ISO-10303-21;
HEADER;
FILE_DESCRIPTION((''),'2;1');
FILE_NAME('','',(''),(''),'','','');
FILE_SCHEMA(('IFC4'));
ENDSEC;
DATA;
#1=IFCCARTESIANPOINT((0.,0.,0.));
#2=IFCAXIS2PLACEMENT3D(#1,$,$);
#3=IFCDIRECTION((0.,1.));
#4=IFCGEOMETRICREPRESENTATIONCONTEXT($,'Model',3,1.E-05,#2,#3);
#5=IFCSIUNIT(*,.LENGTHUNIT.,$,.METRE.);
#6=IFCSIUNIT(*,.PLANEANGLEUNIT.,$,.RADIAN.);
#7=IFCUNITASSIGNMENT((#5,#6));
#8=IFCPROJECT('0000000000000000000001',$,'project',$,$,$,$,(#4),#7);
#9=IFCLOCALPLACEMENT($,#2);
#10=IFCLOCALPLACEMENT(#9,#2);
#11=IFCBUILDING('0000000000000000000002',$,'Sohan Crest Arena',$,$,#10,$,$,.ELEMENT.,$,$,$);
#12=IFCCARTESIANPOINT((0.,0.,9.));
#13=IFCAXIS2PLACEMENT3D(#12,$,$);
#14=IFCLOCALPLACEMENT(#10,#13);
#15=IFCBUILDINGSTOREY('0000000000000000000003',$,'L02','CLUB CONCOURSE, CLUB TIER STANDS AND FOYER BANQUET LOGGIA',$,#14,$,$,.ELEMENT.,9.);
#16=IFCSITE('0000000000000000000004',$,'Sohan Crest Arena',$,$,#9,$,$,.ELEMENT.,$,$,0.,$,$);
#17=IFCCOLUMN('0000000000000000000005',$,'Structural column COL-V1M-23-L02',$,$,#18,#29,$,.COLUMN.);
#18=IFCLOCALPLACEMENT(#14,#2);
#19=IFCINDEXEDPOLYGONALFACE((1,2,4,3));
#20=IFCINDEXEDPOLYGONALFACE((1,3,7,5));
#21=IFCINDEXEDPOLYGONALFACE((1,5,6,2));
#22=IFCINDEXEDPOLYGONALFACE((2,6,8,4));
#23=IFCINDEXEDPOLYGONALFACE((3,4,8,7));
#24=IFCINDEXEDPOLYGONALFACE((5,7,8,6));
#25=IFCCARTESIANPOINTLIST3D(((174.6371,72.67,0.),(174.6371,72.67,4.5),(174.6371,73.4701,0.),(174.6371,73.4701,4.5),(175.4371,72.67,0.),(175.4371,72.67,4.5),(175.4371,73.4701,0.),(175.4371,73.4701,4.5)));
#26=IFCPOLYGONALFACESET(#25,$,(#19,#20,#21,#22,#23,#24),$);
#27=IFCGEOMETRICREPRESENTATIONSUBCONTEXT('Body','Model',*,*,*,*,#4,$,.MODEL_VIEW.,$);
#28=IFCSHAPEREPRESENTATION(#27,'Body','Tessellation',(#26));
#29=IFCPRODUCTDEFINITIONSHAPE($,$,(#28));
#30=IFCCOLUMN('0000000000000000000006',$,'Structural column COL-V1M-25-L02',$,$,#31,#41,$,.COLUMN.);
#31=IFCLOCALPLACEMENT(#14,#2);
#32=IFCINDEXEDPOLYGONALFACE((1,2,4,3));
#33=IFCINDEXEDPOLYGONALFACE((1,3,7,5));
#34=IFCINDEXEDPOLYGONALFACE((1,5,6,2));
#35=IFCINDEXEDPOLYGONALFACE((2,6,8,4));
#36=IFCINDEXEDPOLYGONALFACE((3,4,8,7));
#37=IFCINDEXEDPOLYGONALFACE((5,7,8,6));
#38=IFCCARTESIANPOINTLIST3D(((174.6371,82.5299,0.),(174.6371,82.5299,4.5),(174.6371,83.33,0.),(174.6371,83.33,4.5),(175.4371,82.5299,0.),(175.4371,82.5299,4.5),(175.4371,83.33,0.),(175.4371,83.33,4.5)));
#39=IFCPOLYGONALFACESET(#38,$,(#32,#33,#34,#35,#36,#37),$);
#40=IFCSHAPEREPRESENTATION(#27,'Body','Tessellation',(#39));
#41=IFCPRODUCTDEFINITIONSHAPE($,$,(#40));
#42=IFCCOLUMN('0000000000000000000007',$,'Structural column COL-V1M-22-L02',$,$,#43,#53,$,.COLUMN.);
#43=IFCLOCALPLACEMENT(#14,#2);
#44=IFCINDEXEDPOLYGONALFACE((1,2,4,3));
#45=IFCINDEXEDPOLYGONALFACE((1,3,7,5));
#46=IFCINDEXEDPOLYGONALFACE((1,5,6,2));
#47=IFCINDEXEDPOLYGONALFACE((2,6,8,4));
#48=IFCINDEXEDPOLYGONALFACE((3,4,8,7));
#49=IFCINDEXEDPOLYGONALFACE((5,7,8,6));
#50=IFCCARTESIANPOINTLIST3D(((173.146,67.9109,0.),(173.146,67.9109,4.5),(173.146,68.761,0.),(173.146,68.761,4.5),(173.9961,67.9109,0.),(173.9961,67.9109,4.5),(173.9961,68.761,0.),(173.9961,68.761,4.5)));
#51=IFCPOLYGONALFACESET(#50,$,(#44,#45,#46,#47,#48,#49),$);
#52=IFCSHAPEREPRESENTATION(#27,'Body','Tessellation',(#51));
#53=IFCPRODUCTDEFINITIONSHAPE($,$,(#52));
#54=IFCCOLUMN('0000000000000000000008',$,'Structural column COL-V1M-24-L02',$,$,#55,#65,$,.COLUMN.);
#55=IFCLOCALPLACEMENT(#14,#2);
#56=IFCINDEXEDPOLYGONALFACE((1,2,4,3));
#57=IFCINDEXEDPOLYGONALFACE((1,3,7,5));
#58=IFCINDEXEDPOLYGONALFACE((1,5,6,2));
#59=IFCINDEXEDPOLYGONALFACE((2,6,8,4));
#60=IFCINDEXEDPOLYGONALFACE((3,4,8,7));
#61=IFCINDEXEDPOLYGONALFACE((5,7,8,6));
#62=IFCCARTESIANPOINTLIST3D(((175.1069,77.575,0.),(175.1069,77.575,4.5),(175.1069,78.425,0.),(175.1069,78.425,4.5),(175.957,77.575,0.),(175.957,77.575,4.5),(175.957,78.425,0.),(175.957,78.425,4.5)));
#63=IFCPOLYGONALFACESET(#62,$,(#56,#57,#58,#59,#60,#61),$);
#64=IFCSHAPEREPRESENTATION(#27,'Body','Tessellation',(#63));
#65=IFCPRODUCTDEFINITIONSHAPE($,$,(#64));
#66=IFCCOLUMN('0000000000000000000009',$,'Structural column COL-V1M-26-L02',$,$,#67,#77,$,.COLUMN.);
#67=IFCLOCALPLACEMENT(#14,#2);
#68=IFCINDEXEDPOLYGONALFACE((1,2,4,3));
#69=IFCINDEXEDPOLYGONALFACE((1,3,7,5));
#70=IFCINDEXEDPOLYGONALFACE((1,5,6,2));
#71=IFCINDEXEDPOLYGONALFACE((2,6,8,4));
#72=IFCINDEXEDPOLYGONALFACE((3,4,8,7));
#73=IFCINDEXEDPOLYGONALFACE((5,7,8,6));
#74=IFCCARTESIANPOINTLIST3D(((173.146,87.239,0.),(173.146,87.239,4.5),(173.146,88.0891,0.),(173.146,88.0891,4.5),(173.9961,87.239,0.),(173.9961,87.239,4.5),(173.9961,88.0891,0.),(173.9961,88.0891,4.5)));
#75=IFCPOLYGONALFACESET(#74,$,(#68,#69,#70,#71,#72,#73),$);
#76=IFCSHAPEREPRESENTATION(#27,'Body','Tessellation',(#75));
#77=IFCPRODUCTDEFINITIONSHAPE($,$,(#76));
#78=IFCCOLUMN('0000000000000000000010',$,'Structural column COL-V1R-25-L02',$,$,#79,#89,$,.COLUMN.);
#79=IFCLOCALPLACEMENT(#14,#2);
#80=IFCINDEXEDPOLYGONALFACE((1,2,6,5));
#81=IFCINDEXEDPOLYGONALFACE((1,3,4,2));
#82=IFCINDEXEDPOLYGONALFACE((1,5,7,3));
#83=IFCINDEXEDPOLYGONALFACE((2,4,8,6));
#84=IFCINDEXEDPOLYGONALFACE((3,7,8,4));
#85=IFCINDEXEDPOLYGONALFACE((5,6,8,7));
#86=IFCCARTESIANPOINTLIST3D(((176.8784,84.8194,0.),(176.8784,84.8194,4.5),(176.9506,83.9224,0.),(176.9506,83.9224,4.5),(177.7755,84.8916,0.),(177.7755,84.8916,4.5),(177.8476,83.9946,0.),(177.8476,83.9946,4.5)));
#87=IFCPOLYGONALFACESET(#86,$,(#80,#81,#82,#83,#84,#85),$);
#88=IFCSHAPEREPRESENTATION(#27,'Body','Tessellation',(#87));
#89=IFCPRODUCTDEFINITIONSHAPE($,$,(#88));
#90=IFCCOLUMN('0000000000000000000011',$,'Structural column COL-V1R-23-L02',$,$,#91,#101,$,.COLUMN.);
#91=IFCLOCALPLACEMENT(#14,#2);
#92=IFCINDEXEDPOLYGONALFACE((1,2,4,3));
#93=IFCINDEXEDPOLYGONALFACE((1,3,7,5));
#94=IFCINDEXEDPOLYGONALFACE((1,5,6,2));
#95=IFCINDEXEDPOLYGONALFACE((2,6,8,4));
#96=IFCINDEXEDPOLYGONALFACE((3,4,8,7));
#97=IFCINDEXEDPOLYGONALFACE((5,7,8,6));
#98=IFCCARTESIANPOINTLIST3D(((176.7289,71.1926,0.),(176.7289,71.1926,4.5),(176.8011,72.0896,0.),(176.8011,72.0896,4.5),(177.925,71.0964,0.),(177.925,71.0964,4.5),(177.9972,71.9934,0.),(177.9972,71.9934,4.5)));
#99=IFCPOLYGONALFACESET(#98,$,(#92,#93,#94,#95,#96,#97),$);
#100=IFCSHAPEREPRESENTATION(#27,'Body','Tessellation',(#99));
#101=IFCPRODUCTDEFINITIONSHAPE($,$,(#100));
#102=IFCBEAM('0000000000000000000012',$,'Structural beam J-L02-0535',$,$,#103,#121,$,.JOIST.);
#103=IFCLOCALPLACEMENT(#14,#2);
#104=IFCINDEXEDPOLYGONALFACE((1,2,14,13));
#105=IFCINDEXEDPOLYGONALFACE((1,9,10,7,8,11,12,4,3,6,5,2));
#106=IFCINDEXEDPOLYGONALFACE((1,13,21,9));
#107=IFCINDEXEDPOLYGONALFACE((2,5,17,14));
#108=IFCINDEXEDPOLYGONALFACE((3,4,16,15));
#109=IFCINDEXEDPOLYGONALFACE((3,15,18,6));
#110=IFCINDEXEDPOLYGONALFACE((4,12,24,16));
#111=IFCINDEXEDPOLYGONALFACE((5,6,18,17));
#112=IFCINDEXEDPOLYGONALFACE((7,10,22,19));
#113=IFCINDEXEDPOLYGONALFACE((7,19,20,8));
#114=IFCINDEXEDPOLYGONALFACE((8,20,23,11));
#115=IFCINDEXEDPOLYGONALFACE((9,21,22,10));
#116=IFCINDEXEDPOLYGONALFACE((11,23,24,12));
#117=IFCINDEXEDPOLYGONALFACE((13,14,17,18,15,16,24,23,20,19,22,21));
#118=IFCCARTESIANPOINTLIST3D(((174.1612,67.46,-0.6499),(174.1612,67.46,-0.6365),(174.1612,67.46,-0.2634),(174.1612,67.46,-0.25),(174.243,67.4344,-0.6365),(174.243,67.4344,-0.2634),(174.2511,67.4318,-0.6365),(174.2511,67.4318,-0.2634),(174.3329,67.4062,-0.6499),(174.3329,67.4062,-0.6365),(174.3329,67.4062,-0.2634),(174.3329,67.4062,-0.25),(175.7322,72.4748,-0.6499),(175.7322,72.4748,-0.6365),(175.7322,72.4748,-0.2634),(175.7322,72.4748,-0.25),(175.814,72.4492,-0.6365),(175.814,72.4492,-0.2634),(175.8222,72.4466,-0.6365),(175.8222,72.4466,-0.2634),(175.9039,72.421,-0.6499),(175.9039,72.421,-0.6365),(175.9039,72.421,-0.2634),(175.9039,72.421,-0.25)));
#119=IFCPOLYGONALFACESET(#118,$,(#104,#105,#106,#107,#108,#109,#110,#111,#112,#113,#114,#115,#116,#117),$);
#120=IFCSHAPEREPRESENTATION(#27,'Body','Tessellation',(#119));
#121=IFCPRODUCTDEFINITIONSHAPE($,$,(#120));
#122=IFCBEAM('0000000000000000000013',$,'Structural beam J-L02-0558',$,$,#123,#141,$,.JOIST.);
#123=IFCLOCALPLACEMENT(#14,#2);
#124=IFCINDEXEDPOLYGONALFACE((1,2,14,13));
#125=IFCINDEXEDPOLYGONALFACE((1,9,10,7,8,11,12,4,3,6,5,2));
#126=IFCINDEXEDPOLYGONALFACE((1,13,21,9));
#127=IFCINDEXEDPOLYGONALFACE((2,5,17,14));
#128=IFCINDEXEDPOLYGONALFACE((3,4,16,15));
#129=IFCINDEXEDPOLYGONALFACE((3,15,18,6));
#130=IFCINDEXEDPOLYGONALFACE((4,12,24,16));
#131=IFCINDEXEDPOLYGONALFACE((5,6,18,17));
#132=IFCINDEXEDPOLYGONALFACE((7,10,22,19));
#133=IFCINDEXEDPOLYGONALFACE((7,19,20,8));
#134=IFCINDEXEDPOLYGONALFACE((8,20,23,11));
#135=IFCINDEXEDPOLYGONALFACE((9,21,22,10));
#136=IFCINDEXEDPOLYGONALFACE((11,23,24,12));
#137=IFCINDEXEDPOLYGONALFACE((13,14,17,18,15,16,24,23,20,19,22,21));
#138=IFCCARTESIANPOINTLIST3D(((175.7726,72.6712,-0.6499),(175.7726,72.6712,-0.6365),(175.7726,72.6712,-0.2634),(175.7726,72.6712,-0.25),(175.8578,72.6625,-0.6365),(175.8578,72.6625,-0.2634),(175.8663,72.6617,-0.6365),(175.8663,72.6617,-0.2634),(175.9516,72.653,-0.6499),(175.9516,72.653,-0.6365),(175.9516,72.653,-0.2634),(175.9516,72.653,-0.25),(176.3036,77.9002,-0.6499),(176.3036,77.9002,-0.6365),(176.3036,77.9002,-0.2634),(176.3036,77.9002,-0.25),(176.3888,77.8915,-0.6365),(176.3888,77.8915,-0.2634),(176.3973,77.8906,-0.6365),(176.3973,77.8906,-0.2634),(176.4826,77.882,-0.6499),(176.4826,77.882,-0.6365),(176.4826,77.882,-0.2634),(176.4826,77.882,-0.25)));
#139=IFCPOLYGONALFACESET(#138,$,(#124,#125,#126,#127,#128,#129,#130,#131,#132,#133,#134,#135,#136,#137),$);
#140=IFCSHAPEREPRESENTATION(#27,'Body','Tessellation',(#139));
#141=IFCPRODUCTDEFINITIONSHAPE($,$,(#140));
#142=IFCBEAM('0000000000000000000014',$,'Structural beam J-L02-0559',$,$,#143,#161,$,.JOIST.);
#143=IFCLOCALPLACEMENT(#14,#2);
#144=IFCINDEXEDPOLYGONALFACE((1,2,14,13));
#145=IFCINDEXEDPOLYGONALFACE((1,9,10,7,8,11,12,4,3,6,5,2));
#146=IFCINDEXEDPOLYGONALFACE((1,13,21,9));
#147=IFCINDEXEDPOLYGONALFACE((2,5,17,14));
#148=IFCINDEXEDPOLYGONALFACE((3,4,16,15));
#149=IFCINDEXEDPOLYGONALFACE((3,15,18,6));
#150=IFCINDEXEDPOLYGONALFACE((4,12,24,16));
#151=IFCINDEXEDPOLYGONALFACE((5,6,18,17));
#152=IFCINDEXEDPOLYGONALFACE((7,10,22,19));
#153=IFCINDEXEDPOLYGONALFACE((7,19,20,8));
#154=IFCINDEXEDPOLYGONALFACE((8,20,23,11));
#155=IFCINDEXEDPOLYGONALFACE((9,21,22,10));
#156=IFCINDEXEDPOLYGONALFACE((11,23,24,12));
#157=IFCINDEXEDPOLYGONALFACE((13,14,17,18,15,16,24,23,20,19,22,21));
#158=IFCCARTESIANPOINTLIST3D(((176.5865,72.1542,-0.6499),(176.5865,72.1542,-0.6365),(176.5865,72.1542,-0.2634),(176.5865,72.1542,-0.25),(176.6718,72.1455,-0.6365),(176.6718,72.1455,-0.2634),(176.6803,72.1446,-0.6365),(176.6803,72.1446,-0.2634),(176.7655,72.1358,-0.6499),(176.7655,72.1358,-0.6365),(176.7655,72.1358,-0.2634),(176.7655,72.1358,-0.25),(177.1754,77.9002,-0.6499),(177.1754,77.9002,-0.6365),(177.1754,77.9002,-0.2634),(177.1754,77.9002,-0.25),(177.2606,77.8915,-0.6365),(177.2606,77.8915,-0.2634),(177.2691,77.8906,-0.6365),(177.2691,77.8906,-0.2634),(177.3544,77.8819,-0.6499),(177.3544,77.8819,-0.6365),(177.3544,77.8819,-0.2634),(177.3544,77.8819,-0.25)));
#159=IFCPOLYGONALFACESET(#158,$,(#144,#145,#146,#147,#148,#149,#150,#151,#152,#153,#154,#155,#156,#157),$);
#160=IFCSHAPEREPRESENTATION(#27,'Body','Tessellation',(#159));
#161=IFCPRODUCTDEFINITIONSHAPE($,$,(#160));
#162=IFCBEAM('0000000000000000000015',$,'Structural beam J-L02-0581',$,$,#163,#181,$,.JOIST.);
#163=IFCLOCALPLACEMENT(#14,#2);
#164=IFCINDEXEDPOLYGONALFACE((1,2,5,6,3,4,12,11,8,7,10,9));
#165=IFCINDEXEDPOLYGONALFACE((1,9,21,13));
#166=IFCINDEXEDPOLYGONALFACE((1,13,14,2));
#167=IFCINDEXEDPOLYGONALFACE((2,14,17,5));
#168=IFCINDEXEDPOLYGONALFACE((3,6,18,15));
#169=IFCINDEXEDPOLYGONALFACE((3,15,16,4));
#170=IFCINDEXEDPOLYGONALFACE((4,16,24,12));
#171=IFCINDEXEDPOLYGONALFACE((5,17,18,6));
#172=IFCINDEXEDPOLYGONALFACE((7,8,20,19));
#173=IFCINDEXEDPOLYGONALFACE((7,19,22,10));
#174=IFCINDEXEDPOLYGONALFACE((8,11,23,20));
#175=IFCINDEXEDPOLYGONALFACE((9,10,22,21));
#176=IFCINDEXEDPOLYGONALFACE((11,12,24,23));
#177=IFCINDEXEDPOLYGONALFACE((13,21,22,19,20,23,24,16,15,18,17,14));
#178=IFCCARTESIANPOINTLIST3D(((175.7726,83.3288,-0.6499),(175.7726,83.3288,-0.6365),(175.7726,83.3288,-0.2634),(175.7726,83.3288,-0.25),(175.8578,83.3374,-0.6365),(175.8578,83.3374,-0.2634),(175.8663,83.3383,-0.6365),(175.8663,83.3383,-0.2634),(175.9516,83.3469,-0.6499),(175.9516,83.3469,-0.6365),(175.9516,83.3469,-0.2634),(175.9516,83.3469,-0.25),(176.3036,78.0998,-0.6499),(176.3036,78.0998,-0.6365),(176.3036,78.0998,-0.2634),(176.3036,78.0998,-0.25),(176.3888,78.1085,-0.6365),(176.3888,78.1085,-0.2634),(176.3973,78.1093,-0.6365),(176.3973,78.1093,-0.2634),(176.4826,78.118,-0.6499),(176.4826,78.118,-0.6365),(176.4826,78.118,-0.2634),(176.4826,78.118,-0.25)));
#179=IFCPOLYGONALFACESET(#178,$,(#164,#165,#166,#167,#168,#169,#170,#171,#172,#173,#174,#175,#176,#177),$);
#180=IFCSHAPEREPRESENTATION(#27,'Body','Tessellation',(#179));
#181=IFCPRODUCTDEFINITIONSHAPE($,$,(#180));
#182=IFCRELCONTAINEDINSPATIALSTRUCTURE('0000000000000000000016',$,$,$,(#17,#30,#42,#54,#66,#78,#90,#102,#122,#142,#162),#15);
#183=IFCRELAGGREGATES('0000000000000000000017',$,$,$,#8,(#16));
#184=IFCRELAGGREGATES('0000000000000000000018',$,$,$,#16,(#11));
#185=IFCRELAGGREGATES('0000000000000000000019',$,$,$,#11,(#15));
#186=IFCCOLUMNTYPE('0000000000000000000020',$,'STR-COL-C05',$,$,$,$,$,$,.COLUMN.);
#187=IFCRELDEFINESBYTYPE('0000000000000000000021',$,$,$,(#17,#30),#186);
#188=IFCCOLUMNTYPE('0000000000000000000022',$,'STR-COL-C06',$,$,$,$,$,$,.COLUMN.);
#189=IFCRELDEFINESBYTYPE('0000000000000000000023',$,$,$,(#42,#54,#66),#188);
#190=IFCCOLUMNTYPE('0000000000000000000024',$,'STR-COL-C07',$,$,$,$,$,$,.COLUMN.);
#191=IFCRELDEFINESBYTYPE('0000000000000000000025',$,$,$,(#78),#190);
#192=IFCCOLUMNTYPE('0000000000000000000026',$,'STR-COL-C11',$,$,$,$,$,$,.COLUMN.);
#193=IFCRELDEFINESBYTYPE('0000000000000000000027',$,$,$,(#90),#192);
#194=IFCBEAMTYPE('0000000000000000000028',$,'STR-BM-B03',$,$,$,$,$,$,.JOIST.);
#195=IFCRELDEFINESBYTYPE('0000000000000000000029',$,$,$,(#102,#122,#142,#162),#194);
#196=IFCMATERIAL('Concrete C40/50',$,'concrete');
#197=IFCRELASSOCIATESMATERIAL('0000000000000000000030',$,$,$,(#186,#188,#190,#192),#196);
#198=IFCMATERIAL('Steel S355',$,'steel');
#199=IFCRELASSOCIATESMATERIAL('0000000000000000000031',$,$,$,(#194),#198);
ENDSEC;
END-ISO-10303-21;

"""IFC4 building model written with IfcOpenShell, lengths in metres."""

from ifc_helpers import new_model, si_unit, direction, frame, origin, origin_2d, place, context, subcontext, project, spatial, rectangle, i_section, extrude, material, material_profile, profile_set, type_object, element, save


model = new_model("IFC4")

# Units and contexts
model_context = context("Model", 3, precision=1e-05, world=origin(), true_north=direction((0.0, 1.0)))
body_context = subcontext(model_context, "Body", "Model", "MODEL_VIEW")
ifc_project = project(units=[si_unit("LENGTHUNIT", "METRE"), si_unit("PLANEANGLEUNIT", "RADIAN")], contexts=[model_context])

# Site, building, storey
site_placement = place(None, origin())
site = spatial("IfcSite", under=ifc_project, at=site_placement, Name="Sohan Crest Arena", CompositionType="ELEMENT", RefElevation=0.0)
building_placement = place(site_placement, origin())
building = spatial("IfcBuilding", under=site, at=building_placement, Name="Sohan Crest Arena", CompositionType="ELEMENT")
storey_placement = place(building_placement, frame((0.0, 0.0, 9.0)))
storey = spatial("IfcBuildingStorey", under=building, at=storey_placement, Name="L02", Description="CLUB CONCOURSE, CLUB TIER STANDS AND FOYER BANQUET LOGGIA", CompositionType="ELEMENT", Elevation=9.0)

# Columns
ifc_material_1 = material(Name="Concrete C40/50", Category="concrete")
ifc_material_profile_1 = material_profile(ifc_material_1, rectangle(XDim=0.8, YDim=0.8, at=origin_2d()), Name="RC 800x800")
ifc_profile_set_1 = profile_set([ifc_material_profile_1], Name="Concrete C40/50")
column_type_1 = type_object("IfcColumnType", Name="STR-COL-C05", PredefinedType="COLUMN", material=ifc_profile_set_1)
for number, where, z_axis, x_axis, name in (
    (1, (175.0371, 73.0701, 0.0), (0.0, 0.0, 1.0), (1.0, 0.0, 0.0), "Structural column COL-V1M-23-L02"),
    (2, (175.0371, 82.9299, 0.0), (0.0, 0.0, 1.0), (1.0, 0.0, 0.0), "Structural column COL-V1M-25-L02"),
):
    element("IfcColumn", number, at=place(storey_placement, frame(where, z_axis=z_axis, x_axis=x_axis)), inside=storey, type_object=column_type_1, Name=name, PredefinedType="COLUMN", context=body_context, shape_type="SweptSolid", body=[
        extrude(rectangle(XDim=0.8, YDim=0.8, at=origin_2d()), origin(), (0.0, 0.0, 1.0), 4.5),
    ])
ifc_material_profile_2 = material_profile(ifc_material_1, rectangle(XDim=0.8501, YDim=0.8501, at=origin_2d()), Name="RC 850x850")
ifc_profile_set_2 = profile_set([ifc_material_profile_2], Name="Concrete C40/50")
column_type_2 = type_object("IfcColumnType", Name="STR-COL-C06", PredefinedType="COLUMN", material=ifc_profile_set_2)
for number, where, z_axis, x_axis, name in (
    (3, (173.571, 68.3359, 0.0), (0.0, 0.0, 1.0), (1.0, 0.0, 0.0), "Structural column COL-V1M-22-L02"),
    (4, (175.532, 78.0, 0.0), (0.0, 0.0, 1.0), (1.0, 0.0, 0.0), "Structural column COL-V1M-24-L02"),
    (5, (173.571, 87.6641, 0.0), (0.0, 0.0, 1.0), (1.0, 0.0, 0.0), "Structural column COL-V1M-26-L02"),
):
    element("IfcColumn", number, at=place(storey_placement, frame(where, z_axis=z_axis, x_axis=x_axis)), inside=storey, type_object=column_type_2, Name=name, PredefinedType="COLUMN", context=body_context, shape_type="SweptSolid", body=[
        extrude(rectangle(XDim=0.8501, YDim=0.8501, at=origin_2d()), origin(), (0.0, 0.0, 1.0), 4.5),
    ])
ifc_material_profile_3 = material_profile(ifc_material_1, rectangle(XDim=0.8999, YDim=0.8999, at=origin_2d()), Name="RC 900x900")
ifc_profile_set_3 = profile_set([ifc_material_profile_3], Name="Concrete C40/50")
column_type_3 = type_object("IfcColumnType", Name="STR-COL-C07", PredefinedType="COLUMN", material=ifc_profile_set_3)
column_1_placement = place(storey_placement, frame((177.363, 84.407, 0.0), z_axis=(0.0, 0.0, 1.0), x_axis=(0.996779, 0.080199, 0.0)))
element("IfcColumn", 6, at=column_1_placement, inside=storey, type_object=column_type_3, Name="Structural column COL-V1R-25-L02", PredefinedType="COLUMN", context=body_context, shape_type="SweptSolid", body=[
    extrude(rectangle(XDim=0.8999, YDim=0.8999, at=origin_2d()), origin(), (0.0, 0.0, 1.0), 4.5),
])
ifc_material_profile_4 = material_profile(ifc_material_1, rectangle(XDim=1.2, YDim=0.8999, at=origin_2d()), Name="RC 1200x900")
ifc_profile_set_4 = profile_set([ifc_material_profile_4], Name="Concrete C40/50")
column_type_4 = type_object("IfcColumnType", Name="STR-COL-C11", PredefinedType="COLUMN", material=ifc_profile_set_4)
column_2_placement = place(storey_placement, frame((177.363, 71.593, 0.0), z_axis=(0.0, 0.0, 1.0), x_axis=(-0.996779, 0.080199, 0.0)))
element("IfcColumn", 7, at=column_2_placement, inside=storey, type_object=column_type_4, Name="Structural column COL-V1R-23-L02", PredefinedType="COLUMN", context=body_context, shape_type="SweptSolid", body=[
    extrude(rectangle(XDim=1.2, YDim=0.8999, at=origin_2d()), origin(), (0.0, 0.0, 1.0), 4.5),
])

# Beams
ifc_material_2 = material(Name="Steel S355", Category="steel")
ifc_material_profile_5 = material_profile(ifc_material_2, i_section(OverallWidth=0.1799, OverallDepth=0.3999, WebThickness=0.0085, FlangeThickness=0.0134, at=origin_2d()), Name="IPE 400")
ifc_profile_set_5 = profile_set([ifc_material_profile_5], Name="Steel S355")
beam_type_1 = type_object("IfcBeamType", Name="STR-BM-B03", PredefinedType="JOIST", material=ifc_profile_set_5)
beam_1_placement = place(storey_placement, frame((174.2471, 67.4331, -0.45), z_axis=(0.298949, 0.954269, 0.0), x_axis=(-0.954269, 0.298949, 0.0)))
element("IfcBeam", 8, at=beam_1_placement, inside=storey, type_object=beam_type_1, Name="Structural beam J-L02-0535", PredefinedType="JOIST", context=body_context, shape_type="SweptSolid", body=[
    extrude(i_section(OverallWidth=0.1799, OverallDepth=0.3999, WebThickness=0.0085, FlangeThickness=0.0134, at=origin_2d()), origin(), (0.0, 0.0, 1.0), 5.2551),
])
beam_2_placement = place(storey_placement, frame((175.8621, 72.6621, -0.45), z_axis=(0.10103, 0.994883, 0.0), x_axis=(-0.994883, 0.10103, 0.0)))
element("IfcBeam", 9, at=beam_2_placement, inside=storey, type_object=beam_type_1, Name="Structural beam J-L02-0558", PredefinedType="JOIST", context=body_context, shape_type="SweptSolid", body=[
    extrude(i_section(OverallWidth=0.1799, OverallDepth=0.3999, WebThickness=0.0085, FlangeThickness=0.0134, at=origin_2d()), origin(), (0.0, 0.0, 1.0), 5.2559),
])
beam_3_placement = place(storey_placement, frame((176.676, 72.145, -0.45), z_axis=(0.101947, 0.99479, 0.0), x_axis=(-0.99479, 0.101947, 0.0)))
element("IfcBeam", 10, at=beam_3_placement, inside=storey, type_object=beam_type_1, Name="Structural beam J-L02-0559", PredefinedType="JOIST", context=body_context, shape_type="SweptSolid", body=[
    extrude(i_section(OverallWidth=0.1799, OverallDepth=0.3999, WebThickness=0.0085, FlangeThickness=0.0134, at=origin_2d()), origin(), (0.0, 0.0, 1.0), 5.7761),
])
beam_4_placement = place(storey_placement, frame((176.3931, 78.1089, -0.45), z_axis=(-0.10103, 0.994883, 0.0), x_axis=(-0.994883, -0.10103, 0.0)))
element("IfcBeam", 11, at=beam_4_placement, inside=storey, type_object=beam_type_1, Name="Structural beam J-L02-0581", PredefinedType="JOIST", context=body_context, shape_type="SweptSolid", body=[
    extrude(i_section(OverallWidth=0.1799, OverallDepth=0.3999, WebThickness=0.0085, FlangeThickness=0.0134, at=origin_2d()), origin(), (0.0, 0.0, 1.0), 5.2559),
])

save(model, "model.ifc")
